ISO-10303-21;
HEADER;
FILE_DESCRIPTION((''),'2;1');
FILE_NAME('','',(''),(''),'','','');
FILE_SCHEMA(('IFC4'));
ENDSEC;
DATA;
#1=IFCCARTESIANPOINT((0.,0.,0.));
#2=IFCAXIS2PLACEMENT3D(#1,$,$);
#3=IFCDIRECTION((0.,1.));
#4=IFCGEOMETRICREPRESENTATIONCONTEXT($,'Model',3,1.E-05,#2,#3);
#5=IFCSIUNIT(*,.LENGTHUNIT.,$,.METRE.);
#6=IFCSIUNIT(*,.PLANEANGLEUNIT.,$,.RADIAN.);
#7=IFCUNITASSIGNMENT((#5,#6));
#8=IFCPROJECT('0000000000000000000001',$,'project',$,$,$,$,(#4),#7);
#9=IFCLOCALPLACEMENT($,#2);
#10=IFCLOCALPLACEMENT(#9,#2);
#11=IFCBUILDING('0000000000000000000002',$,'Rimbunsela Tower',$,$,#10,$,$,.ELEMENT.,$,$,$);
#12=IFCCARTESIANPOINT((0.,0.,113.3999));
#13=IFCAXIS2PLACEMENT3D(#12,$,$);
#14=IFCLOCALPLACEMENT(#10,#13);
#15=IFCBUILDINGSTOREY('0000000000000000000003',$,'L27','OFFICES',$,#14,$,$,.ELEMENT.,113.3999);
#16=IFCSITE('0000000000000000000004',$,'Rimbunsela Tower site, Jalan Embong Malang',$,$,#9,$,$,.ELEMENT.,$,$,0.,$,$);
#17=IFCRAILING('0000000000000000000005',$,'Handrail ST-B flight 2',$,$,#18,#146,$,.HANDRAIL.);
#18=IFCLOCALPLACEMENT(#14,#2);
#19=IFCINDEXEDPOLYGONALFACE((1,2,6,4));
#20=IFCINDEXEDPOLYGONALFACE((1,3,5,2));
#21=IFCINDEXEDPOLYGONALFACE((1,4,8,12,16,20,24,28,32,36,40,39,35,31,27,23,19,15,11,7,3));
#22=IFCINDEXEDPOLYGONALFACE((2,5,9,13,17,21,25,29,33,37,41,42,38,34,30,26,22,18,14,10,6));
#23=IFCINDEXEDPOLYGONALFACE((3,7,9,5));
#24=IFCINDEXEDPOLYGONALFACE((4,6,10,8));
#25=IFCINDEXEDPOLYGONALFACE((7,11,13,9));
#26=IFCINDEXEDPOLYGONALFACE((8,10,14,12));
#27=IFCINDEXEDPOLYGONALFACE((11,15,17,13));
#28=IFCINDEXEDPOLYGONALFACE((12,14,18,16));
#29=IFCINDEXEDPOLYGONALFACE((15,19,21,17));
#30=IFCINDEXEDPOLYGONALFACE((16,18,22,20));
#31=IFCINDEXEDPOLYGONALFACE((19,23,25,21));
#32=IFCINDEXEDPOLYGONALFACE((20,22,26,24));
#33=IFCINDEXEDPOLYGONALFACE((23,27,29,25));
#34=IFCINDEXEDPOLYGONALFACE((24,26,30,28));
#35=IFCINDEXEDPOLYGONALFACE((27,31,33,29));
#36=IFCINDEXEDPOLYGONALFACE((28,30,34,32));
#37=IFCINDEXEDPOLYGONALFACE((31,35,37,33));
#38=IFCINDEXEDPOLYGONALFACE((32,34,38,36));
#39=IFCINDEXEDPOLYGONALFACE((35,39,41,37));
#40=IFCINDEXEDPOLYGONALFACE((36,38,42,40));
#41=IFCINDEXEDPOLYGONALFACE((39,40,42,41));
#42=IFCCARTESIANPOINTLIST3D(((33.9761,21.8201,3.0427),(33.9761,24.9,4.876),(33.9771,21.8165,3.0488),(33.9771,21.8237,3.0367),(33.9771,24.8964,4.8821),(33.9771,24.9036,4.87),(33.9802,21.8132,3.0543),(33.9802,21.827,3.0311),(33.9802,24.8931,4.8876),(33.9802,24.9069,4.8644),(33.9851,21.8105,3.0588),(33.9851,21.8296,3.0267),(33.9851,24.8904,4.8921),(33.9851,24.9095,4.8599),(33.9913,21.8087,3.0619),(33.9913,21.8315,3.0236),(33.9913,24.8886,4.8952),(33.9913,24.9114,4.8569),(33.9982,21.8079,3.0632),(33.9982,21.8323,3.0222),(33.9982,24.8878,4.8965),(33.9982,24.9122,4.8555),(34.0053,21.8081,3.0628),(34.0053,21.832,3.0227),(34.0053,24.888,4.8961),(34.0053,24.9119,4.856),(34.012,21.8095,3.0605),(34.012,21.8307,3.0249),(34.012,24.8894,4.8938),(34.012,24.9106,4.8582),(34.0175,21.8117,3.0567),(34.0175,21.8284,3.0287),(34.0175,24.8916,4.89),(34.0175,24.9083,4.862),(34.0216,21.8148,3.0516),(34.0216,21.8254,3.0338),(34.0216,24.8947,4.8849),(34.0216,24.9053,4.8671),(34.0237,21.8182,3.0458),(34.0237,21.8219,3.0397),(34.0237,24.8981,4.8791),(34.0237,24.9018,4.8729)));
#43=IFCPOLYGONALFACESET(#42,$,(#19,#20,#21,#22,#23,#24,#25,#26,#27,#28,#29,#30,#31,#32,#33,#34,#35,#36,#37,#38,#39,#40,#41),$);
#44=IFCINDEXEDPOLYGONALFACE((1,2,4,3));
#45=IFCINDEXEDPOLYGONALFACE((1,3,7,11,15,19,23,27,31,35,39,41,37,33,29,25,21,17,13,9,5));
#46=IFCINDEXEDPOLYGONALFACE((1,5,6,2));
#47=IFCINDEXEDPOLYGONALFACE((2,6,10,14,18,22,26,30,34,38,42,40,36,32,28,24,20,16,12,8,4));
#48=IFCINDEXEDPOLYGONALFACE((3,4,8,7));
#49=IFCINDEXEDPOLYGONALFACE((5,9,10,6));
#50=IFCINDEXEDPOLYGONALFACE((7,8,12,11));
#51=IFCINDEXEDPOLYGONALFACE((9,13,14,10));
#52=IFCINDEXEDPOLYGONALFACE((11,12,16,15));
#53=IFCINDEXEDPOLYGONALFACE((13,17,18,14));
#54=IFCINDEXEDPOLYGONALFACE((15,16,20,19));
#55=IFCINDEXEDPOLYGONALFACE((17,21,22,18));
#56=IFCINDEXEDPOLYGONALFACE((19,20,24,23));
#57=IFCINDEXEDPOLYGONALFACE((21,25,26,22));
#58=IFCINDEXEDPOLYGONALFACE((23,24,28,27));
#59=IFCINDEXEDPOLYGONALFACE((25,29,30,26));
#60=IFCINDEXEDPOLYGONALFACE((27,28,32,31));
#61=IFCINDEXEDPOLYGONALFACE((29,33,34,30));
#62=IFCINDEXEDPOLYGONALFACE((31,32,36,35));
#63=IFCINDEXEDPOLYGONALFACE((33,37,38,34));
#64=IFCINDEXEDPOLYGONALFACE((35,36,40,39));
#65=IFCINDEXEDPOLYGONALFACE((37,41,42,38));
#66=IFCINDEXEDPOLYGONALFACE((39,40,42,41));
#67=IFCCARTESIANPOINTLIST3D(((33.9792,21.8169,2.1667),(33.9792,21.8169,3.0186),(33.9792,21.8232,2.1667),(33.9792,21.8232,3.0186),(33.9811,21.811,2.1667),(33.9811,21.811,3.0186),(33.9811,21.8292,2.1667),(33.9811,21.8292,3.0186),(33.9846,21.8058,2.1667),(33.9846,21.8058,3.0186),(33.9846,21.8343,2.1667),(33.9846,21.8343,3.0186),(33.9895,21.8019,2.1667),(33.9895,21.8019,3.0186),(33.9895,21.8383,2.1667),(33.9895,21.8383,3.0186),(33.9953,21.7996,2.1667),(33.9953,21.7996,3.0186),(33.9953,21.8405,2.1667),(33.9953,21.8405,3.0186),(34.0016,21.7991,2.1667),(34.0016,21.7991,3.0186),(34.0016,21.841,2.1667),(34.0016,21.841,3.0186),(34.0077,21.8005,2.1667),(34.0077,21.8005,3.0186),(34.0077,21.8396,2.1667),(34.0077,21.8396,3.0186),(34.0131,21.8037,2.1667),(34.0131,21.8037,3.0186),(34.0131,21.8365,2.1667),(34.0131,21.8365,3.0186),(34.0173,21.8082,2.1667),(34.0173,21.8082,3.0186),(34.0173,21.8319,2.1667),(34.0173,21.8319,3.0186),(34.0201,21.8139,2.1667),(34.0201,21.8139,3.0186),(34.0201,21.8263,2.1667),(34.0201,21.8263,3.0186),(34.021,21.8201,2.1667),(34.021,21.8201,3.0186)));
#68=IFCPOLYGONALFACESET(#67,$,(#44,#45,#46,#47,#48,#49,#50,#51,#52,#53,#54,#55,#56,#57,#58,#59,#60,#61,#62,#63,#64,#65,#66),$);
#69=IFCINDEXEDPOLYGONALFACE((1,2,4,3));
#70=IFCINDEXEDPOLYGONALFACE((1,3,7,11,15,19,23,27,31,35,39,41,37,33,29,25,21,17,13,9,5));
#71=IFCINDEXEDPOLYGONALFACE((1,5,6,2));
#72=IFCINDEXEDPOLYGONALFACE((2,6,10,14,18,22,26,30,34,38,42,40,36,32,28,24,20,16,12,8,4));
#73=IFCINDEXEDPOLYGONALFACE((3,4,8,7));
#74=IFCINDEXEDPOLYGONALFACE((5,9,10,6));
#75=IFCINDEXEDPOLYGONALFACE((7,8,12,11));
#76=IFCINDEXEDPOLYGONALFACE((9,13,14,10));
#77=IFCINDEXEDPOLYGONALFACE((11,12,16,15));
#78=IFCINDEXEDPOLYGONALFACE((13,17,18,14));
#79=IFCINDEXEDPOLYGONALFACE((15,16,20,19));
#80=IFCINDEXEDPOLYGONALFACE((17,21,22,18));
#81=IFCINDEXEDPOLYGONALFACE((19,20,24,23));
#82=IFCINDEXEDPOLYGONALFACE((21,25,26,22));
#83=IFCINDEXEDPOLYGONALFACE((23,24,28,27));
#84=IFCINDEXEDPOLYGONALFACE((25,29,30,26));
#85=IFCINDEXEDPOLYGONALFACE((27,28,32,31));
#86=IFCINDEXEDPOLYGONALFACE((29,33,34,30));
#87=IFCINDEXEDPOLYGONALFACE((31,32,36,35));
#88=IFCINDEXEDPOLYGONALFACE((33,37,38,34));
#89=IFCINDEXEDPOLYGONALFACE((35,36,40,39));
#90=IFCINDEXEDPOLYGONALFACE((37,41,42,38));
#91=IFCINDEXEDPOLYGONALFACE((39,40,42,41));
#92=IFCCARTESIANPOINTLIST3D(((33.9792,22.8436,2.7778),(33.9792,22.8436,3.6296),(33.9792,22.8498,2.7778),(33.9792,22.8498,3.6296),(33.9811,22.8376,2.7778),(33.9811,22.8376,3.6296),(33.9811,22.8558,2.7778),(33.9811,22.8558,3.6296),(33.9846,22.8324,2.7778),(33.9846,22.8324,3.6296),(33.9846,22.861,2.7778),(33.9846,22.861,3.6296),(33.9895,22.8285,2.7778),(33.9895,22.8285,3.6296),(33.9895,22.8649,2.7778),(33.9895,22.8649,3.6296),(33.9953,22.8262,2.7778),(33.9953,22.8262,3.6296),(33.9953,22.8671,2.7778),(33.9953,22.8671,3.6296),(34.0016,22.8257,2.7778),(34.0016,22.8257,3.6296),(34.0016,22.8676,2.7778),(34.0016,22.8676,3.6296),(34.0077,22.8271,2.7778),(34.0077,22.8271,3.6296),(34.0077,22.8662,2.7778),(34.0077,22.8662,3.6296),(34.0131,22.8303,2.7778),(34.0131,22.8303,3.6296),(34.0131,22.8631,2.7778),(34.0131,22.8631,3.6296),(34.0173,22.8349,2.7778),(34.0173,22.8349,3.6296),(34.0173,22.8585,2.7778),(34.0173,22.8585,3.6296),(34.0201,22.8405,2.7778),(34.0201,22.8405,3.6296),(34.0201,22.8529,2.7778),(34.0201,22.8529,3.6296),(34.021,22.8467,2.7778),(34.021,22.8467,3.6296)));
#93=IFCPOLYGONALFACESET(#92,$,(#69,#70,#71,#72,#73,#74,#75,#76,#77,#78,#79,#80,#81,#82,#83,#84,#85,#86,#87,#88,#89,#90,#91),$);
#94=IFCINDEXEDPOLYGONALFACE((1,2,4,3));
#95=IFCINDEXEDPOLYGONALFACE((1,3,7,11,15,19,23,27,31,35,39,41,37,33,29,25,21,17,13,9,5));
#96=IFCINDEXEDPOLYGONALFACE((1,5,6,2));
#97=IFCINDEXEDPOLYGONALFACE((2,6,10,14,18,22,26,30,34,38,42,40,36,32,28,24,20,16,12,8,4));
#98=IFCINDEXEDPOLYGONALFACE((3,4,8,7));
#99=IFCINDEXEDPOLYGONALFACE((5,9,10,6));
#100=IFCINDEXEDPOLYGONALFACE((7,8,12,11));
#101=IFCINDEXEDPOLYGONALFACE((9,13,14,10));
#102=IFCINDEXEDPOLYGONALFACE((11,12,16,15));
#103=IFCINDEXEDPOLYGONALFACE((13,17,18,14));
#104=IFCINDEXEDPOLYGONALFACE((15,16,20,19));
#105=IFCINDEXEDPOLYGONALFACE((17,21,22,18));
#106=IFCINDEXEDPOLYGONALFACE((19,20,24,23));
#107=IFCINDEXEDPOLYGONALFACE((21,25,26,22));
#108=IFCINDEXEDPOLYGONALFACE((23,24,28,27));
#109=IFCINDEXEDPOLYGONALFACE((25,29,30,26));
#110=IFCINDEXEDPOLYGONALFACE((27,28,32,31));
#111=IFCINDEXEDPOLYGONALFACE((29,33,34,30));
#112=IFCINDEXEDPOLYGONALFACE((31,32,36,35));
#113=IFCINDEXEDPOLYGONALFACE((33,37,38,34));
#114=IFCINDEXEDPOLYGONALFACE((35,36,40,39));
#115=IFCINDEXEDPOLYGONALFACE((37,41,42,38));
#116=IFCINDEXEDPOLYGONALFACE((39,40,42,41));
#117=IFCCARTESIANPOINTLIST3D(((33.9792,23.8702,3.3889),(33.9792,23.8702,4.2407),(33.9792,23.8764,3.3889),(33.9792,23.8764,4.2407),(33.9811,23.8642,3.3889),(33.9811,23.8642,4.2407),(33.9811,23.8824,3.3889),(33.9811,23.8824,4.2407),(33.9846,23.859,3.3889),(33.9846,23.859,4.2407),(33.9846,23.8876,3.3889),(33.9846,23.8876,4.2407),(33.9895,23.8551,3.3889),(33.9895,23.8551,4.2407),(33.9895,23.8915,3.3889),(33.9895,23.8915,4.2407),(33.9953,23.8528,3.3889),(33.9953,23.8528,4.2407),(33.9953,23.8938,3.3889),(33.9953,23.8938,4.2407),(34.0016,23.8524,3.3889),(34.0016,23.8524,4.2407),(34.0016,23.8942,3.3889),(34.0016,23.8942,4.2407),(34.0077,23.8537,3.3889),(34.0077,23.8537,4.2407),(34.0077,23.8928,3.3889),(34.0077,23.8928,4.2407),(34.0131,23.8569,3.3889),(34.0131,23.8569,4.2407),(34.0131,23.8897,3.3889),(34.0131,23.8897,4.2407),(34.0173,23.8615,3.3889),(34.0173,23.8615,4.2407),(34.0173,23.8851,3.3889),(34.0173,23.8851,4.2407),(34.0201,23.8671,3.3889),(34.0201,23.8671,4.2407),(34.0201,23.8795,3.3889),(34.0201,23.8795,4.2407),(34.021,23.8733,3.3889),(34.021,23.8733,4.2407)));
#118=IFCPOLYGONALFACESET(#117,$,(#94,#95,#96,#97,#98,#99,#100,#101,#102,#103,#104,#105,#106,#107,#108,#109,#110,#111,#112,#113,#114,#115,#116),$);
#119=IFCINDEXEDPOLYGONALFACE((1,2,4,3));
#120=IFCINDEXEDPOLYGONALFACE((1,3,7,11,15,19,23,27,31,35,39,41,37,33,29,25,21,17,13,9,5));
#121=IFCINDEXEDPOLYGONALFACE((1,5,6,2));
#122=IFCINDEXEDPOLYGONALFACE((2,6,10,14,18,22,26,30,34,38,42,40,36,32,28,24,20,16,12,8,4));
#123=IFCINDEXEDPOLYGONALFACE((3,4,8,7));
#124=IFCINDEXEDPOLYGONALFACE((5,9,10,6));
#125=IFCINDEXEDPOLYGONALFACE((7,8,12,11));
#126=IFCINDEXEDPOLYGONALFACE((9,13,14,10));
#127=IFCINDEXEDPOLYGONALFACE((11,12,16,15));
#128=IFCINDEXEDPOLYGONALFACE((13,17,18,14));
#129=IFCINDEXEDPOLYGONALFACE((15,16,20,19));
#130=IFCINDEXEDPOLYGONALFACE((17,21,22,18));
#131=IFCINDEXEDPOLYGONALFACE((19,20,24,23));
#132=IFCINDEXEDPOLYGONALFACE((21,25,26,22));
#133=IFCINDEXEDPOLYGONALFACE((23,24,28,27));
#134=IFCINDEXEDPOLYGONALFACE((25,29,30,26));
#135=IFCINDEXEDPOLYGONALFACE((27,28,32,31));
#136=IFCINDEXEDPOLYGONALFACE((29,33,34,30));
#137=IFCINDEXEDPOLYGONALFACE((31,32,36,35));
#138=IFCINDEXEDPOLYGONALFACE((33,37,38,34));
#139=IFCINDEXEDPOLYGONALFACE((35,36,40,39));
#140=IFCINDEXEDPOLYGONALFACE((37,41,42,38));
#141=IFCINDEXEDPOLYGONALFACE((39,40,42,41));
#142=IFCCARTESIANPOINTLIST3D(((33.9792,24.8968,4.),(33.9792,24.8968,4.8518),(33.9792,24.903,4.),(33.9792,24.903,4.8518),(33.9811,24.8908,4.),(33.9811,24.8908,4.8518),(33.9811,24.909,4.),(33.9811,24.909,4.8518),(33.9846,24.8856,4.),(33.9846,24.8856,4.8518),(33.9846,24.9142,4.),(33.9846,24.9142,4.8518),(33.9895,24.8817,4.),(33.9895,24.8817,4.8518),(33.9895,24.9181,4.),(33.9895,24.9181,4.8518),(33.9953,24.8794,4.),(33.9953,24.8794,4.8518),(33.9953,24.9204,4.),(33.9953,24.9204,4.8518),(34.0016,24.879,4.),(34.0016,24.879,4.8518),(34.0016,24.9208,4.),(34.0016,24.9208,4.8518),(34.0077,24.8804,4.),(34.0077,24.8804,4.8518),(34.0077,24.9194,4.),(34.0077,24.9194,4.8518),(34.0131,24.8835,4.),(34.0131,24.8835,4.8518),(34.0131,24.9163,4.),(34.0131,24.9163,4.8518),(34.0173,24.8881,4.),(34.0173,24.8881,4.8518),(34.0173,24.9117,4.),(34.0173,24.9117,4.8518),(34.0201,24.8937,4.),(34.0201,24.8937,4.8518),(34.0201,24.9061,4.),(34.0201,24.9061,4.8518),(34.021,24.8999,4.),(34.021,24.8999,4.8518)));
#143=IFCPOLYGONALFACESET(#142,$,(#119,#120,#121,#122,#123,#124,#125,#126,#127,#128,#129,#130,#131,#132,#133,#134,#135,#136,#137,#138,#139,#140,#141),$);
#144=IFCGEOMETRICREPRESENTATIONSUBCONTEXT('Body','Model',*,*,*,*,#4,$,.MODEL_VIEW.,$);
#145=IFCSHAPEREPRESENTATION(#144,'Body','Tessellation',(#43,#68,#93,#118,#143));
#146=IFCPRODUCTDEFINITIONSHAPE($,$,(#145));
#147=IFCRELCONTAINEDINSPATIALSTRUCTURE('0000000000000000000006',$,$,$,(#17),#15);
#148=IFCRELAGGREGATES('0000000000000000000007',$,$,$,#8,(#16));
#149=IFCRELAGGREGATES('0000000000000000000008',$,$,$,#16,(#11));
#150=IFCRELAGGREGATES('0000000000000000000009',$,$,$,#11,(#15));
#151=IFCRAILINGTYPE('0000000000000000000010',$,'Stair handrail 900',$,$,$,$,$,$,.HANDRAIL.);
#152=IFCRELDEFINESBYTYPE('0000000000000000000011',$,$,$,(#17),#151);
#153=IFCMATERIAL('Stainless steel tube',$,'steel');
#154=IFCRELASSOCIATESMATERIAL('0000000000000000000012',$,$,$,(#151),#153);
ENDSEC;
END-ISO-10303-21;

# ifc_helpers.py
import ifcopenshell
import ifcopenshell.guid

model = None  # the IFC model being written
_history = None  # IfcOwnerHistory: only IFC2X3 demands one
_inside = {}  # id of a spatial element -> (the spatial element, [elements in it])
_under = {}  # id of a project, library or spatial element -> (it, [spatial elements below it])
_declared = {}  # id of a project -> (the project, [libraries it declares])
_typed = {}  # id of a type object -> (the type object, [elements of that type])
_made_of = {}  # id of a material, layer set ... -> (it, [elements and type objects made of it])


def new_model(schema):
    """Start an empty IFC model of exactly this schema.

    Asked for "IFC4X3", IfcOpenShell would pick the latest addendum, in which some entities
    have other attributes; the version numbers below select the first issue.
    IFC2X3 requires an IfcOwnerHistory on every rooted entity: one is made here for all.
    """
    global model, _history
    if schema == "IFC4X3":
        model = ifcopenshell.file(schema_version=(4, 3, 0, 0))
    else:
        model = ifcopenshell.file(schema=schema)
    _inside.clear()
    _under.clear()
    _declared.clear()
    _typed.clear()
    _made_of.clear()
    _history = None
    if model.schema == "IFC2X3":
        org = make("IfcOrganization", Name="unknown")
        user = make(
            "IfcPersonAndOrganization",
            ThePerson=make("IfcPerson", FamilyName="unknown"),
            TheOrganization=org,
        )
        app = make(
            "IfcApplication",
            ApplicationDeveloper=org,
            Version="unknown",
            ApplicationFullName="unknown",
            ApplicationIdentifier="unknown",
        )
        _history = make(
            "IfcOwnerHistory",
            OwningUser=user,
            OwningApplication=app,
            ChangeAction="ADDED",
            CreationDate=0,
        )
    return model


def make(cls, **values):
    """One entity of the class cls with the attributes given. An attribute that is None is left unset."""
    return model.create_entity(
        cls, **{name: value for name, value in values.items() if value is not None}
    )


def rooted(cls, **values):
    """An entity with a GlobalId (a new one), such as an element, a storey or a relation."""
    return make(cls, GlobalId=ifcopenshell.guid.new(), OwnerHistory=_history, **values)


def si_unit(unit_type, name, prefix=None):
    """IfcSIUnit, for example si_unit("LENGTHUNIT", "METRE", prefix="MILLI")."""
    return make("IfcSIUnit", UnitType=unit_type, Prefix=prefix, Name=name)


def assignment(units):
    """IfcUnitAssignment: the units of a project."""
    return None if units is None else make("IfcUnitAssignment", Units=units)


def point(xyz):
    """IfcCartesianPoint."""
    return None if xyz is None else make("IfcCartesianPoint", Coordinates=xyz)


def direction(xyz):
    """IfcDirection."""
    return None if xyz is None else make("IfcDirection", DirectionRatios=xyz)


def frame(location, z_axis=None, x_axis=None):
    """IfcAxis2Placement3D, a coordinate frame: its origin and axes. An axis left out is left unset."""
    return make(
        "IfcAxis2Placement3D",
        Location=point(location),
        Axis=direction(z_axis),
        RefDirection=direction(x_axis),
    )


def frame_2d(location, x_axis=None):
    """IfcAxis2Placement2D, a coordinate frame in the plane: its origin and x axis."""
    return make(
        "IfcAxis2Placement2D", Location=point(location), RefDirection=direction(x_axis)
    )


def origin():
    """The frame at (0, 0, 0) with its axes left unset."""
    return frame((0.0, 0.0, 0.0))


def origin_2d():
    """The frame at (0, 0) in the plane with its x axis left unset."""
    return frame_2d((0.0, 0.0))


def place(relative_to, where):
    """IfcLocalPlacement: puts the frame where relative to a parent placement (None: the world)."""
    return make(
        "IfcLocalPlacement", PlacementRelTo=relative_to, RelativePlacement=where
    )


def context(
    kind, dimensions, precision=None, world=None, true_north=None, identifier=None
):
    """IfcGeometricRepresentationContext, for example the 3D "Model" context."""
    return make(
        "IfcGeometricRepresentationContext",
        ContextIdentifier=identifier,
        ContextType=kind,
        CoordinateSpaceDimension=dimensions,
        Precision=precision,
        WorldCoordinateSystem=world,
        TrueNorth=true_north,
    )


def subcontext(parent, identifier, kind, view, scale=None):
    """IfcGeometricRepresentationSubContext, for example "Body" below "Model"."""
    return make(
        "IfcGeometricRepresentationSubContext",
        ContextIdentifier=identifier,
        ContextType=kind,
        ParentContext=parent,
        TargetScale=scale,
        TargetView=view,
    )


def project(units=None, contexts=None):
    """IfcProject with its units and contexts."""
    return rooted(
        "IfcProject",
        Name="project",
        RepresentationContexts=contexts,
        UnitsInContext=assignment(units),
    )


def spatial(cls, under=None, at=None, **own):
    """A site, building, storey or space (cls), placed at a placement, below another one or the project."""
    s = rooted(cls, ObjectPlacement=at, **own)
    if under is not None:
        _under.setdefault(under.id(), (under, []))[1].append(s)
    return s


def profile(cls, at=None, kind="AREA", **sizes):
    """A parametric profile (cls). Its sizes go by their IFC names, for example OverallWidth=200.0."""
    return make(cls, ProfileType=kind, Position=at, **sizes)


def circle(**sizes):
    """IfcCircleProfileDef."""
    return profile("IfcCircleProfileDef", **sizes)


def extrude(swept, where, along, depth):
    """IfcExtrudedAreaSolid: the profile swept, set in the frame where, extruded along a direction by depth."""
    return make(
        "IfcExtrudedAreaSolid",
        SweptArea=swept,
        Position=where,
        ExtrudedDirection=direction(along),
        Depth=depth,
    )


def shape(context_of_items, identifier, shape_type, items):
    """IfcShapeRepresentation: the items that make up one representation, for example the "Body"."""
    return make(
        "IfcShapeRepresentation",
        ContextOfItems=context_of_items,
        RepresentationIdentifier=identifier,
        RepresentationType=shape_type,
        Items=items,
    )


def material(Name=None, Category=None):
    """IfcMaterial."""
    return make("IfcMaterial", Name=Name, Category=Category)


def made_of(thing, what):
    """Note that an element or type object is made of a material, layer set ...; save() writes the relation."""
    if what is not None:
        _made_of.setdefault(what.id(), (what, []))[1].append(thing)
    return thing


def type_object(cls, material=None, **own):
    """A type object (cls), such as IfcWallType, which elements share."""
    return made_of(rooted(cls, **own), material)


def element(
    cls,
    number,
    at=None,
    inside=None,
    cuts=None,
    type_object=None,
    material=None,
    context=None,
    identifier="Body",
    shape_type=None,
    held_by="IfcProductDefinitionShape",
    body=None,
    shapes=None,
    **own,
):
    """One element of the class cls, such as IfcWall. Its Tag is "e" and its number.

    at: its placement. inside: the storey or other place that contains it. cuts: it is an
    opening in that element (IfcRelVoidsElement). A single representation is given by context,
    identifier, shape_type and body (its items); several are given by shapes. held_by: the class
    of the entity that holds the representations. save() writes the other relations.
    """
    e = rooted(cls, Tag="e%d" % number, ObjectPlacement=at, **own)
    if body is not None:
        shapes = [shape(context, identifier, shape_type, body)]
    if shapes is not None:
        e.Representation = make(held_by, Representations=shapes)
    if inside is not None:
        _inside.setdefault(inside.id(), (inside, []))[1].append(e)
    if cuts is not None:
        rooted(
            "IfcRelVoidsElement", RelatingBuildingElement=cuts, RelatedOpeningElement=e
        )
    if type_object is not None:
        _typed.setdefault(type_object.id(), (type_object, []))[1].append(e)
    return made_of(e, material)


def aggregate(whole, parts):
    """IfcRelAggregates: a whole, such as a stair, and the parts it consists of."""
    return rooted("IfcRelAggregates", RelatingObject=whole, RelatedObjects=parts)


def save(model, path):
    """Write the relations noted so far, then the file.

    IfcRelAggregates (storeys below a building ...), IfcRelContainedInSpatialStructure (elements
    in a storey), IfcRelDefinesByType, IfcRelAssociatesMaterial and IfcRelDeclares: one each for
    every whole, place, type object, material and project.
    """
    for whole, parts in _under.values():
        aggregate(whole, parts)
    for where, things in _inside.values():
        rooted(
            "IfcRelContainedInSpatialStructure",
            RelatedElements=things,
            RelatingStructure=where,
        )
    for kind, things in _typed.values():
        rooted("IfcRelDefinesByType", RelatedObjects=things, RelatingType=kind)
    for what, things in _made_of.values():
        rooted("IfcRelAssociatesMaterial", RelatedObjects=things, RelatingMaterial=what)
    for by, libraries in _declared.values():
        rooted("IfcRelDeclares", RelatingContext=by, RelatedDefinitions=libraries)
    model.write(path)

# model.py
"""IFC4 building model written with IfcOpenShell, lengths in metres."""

from ifc_helpers import new_model, si_unit, direction, frame, origin, origin_2d, place, context, subcontext, project, spatial, circle, extrude, material, type_object, element, save


model = new_model("IFC4")

# Units and contexts
model_context = context("Model", 3, precision=1e-05, world=origin(), true_north=direction((0.0, 1.0)))
body_context = subcontext(model_context, "Body", "Model", "MODEL_VIEW")
ifc_project = project(units=[si_unit("LENGTHUNIT", "METRE"), si_unit("PLANEANGLEUNIT", "RADIAN")], contexts=[model_context])

# Site, building, storey
site_placement = place(None, origin())
site = spatial("IfcSite", under=ifc_project, at=site_placement, Name="Rimbunsela Tower site, Jalan Embong Malang", CompositionType="ELEMENT", RefElevation=0.0)
building_placement = place(site_placement, origin())
building = spatial("IfcBuilding", under=site, at=building_placement, Name="Rimbunsela Tower", CompositionType="ELEMENT")
storey_placement = place(building_placement, frame((0.0, 0.0, 113.3999)))
storey = spatial("IfcBuildingStorey", under=building, at=storey_placement, Name="L27", Description="OFFICES", CompositionType="ELEMENT", Elevation=113.3999)

# Railing
ifc_material_1 = material(Name="Stainless steel tube", Category="steel")
railing_type = type_object("IfcRailingType", Name="Stair handrail 900", PredefinedType="HANDRAIL", material=ifc_material_1)
railing_1_placement = place(storey_placement, frame((34.0, 21.8201, 2.1667)))
element("IfcRailing", 1, at=railing_1_placement, inside=storey, type_object=railing_type, Name="Handrail ST-B flight 2", PredefinedType="HANDRAIL", context=body_context, shape_type="SweptSolid", body=[
    extrude(circle(Radius=0.0239, at=origin_2d()), frame((0.0, 0.0, 0.876), z_axis=(0.0, 0.859291, 0.511487), x_axis=(-1.0, 0.0, 0.0)), (0.0, 0.0, 1.0), 3.5842),
    extrude(circle(Radius=0.021, at=origin_2d()), origin(), (0.0, 0.0, 1.0), 0.8518),
    extrude(circle(Radius=0.021, at=origin_2d()), frame((0.0, 1.0266, 0.6111)), (0.0, 0.0, 1.0), 0.8518),
    extrude(circle(Radius=0.021, at=origin_2d()), frame((0.0, 2.0532, 1.2222)), (0.0, 0.0, 1.0), 0.8518),
    extrude(circle(Radius=0.021, at=origin_2d()), frame((0.0, 3.0798, 1.8333)), (0.0, 0.0, 1.0), 0.8518),
])

save(model, "model.ifc")
